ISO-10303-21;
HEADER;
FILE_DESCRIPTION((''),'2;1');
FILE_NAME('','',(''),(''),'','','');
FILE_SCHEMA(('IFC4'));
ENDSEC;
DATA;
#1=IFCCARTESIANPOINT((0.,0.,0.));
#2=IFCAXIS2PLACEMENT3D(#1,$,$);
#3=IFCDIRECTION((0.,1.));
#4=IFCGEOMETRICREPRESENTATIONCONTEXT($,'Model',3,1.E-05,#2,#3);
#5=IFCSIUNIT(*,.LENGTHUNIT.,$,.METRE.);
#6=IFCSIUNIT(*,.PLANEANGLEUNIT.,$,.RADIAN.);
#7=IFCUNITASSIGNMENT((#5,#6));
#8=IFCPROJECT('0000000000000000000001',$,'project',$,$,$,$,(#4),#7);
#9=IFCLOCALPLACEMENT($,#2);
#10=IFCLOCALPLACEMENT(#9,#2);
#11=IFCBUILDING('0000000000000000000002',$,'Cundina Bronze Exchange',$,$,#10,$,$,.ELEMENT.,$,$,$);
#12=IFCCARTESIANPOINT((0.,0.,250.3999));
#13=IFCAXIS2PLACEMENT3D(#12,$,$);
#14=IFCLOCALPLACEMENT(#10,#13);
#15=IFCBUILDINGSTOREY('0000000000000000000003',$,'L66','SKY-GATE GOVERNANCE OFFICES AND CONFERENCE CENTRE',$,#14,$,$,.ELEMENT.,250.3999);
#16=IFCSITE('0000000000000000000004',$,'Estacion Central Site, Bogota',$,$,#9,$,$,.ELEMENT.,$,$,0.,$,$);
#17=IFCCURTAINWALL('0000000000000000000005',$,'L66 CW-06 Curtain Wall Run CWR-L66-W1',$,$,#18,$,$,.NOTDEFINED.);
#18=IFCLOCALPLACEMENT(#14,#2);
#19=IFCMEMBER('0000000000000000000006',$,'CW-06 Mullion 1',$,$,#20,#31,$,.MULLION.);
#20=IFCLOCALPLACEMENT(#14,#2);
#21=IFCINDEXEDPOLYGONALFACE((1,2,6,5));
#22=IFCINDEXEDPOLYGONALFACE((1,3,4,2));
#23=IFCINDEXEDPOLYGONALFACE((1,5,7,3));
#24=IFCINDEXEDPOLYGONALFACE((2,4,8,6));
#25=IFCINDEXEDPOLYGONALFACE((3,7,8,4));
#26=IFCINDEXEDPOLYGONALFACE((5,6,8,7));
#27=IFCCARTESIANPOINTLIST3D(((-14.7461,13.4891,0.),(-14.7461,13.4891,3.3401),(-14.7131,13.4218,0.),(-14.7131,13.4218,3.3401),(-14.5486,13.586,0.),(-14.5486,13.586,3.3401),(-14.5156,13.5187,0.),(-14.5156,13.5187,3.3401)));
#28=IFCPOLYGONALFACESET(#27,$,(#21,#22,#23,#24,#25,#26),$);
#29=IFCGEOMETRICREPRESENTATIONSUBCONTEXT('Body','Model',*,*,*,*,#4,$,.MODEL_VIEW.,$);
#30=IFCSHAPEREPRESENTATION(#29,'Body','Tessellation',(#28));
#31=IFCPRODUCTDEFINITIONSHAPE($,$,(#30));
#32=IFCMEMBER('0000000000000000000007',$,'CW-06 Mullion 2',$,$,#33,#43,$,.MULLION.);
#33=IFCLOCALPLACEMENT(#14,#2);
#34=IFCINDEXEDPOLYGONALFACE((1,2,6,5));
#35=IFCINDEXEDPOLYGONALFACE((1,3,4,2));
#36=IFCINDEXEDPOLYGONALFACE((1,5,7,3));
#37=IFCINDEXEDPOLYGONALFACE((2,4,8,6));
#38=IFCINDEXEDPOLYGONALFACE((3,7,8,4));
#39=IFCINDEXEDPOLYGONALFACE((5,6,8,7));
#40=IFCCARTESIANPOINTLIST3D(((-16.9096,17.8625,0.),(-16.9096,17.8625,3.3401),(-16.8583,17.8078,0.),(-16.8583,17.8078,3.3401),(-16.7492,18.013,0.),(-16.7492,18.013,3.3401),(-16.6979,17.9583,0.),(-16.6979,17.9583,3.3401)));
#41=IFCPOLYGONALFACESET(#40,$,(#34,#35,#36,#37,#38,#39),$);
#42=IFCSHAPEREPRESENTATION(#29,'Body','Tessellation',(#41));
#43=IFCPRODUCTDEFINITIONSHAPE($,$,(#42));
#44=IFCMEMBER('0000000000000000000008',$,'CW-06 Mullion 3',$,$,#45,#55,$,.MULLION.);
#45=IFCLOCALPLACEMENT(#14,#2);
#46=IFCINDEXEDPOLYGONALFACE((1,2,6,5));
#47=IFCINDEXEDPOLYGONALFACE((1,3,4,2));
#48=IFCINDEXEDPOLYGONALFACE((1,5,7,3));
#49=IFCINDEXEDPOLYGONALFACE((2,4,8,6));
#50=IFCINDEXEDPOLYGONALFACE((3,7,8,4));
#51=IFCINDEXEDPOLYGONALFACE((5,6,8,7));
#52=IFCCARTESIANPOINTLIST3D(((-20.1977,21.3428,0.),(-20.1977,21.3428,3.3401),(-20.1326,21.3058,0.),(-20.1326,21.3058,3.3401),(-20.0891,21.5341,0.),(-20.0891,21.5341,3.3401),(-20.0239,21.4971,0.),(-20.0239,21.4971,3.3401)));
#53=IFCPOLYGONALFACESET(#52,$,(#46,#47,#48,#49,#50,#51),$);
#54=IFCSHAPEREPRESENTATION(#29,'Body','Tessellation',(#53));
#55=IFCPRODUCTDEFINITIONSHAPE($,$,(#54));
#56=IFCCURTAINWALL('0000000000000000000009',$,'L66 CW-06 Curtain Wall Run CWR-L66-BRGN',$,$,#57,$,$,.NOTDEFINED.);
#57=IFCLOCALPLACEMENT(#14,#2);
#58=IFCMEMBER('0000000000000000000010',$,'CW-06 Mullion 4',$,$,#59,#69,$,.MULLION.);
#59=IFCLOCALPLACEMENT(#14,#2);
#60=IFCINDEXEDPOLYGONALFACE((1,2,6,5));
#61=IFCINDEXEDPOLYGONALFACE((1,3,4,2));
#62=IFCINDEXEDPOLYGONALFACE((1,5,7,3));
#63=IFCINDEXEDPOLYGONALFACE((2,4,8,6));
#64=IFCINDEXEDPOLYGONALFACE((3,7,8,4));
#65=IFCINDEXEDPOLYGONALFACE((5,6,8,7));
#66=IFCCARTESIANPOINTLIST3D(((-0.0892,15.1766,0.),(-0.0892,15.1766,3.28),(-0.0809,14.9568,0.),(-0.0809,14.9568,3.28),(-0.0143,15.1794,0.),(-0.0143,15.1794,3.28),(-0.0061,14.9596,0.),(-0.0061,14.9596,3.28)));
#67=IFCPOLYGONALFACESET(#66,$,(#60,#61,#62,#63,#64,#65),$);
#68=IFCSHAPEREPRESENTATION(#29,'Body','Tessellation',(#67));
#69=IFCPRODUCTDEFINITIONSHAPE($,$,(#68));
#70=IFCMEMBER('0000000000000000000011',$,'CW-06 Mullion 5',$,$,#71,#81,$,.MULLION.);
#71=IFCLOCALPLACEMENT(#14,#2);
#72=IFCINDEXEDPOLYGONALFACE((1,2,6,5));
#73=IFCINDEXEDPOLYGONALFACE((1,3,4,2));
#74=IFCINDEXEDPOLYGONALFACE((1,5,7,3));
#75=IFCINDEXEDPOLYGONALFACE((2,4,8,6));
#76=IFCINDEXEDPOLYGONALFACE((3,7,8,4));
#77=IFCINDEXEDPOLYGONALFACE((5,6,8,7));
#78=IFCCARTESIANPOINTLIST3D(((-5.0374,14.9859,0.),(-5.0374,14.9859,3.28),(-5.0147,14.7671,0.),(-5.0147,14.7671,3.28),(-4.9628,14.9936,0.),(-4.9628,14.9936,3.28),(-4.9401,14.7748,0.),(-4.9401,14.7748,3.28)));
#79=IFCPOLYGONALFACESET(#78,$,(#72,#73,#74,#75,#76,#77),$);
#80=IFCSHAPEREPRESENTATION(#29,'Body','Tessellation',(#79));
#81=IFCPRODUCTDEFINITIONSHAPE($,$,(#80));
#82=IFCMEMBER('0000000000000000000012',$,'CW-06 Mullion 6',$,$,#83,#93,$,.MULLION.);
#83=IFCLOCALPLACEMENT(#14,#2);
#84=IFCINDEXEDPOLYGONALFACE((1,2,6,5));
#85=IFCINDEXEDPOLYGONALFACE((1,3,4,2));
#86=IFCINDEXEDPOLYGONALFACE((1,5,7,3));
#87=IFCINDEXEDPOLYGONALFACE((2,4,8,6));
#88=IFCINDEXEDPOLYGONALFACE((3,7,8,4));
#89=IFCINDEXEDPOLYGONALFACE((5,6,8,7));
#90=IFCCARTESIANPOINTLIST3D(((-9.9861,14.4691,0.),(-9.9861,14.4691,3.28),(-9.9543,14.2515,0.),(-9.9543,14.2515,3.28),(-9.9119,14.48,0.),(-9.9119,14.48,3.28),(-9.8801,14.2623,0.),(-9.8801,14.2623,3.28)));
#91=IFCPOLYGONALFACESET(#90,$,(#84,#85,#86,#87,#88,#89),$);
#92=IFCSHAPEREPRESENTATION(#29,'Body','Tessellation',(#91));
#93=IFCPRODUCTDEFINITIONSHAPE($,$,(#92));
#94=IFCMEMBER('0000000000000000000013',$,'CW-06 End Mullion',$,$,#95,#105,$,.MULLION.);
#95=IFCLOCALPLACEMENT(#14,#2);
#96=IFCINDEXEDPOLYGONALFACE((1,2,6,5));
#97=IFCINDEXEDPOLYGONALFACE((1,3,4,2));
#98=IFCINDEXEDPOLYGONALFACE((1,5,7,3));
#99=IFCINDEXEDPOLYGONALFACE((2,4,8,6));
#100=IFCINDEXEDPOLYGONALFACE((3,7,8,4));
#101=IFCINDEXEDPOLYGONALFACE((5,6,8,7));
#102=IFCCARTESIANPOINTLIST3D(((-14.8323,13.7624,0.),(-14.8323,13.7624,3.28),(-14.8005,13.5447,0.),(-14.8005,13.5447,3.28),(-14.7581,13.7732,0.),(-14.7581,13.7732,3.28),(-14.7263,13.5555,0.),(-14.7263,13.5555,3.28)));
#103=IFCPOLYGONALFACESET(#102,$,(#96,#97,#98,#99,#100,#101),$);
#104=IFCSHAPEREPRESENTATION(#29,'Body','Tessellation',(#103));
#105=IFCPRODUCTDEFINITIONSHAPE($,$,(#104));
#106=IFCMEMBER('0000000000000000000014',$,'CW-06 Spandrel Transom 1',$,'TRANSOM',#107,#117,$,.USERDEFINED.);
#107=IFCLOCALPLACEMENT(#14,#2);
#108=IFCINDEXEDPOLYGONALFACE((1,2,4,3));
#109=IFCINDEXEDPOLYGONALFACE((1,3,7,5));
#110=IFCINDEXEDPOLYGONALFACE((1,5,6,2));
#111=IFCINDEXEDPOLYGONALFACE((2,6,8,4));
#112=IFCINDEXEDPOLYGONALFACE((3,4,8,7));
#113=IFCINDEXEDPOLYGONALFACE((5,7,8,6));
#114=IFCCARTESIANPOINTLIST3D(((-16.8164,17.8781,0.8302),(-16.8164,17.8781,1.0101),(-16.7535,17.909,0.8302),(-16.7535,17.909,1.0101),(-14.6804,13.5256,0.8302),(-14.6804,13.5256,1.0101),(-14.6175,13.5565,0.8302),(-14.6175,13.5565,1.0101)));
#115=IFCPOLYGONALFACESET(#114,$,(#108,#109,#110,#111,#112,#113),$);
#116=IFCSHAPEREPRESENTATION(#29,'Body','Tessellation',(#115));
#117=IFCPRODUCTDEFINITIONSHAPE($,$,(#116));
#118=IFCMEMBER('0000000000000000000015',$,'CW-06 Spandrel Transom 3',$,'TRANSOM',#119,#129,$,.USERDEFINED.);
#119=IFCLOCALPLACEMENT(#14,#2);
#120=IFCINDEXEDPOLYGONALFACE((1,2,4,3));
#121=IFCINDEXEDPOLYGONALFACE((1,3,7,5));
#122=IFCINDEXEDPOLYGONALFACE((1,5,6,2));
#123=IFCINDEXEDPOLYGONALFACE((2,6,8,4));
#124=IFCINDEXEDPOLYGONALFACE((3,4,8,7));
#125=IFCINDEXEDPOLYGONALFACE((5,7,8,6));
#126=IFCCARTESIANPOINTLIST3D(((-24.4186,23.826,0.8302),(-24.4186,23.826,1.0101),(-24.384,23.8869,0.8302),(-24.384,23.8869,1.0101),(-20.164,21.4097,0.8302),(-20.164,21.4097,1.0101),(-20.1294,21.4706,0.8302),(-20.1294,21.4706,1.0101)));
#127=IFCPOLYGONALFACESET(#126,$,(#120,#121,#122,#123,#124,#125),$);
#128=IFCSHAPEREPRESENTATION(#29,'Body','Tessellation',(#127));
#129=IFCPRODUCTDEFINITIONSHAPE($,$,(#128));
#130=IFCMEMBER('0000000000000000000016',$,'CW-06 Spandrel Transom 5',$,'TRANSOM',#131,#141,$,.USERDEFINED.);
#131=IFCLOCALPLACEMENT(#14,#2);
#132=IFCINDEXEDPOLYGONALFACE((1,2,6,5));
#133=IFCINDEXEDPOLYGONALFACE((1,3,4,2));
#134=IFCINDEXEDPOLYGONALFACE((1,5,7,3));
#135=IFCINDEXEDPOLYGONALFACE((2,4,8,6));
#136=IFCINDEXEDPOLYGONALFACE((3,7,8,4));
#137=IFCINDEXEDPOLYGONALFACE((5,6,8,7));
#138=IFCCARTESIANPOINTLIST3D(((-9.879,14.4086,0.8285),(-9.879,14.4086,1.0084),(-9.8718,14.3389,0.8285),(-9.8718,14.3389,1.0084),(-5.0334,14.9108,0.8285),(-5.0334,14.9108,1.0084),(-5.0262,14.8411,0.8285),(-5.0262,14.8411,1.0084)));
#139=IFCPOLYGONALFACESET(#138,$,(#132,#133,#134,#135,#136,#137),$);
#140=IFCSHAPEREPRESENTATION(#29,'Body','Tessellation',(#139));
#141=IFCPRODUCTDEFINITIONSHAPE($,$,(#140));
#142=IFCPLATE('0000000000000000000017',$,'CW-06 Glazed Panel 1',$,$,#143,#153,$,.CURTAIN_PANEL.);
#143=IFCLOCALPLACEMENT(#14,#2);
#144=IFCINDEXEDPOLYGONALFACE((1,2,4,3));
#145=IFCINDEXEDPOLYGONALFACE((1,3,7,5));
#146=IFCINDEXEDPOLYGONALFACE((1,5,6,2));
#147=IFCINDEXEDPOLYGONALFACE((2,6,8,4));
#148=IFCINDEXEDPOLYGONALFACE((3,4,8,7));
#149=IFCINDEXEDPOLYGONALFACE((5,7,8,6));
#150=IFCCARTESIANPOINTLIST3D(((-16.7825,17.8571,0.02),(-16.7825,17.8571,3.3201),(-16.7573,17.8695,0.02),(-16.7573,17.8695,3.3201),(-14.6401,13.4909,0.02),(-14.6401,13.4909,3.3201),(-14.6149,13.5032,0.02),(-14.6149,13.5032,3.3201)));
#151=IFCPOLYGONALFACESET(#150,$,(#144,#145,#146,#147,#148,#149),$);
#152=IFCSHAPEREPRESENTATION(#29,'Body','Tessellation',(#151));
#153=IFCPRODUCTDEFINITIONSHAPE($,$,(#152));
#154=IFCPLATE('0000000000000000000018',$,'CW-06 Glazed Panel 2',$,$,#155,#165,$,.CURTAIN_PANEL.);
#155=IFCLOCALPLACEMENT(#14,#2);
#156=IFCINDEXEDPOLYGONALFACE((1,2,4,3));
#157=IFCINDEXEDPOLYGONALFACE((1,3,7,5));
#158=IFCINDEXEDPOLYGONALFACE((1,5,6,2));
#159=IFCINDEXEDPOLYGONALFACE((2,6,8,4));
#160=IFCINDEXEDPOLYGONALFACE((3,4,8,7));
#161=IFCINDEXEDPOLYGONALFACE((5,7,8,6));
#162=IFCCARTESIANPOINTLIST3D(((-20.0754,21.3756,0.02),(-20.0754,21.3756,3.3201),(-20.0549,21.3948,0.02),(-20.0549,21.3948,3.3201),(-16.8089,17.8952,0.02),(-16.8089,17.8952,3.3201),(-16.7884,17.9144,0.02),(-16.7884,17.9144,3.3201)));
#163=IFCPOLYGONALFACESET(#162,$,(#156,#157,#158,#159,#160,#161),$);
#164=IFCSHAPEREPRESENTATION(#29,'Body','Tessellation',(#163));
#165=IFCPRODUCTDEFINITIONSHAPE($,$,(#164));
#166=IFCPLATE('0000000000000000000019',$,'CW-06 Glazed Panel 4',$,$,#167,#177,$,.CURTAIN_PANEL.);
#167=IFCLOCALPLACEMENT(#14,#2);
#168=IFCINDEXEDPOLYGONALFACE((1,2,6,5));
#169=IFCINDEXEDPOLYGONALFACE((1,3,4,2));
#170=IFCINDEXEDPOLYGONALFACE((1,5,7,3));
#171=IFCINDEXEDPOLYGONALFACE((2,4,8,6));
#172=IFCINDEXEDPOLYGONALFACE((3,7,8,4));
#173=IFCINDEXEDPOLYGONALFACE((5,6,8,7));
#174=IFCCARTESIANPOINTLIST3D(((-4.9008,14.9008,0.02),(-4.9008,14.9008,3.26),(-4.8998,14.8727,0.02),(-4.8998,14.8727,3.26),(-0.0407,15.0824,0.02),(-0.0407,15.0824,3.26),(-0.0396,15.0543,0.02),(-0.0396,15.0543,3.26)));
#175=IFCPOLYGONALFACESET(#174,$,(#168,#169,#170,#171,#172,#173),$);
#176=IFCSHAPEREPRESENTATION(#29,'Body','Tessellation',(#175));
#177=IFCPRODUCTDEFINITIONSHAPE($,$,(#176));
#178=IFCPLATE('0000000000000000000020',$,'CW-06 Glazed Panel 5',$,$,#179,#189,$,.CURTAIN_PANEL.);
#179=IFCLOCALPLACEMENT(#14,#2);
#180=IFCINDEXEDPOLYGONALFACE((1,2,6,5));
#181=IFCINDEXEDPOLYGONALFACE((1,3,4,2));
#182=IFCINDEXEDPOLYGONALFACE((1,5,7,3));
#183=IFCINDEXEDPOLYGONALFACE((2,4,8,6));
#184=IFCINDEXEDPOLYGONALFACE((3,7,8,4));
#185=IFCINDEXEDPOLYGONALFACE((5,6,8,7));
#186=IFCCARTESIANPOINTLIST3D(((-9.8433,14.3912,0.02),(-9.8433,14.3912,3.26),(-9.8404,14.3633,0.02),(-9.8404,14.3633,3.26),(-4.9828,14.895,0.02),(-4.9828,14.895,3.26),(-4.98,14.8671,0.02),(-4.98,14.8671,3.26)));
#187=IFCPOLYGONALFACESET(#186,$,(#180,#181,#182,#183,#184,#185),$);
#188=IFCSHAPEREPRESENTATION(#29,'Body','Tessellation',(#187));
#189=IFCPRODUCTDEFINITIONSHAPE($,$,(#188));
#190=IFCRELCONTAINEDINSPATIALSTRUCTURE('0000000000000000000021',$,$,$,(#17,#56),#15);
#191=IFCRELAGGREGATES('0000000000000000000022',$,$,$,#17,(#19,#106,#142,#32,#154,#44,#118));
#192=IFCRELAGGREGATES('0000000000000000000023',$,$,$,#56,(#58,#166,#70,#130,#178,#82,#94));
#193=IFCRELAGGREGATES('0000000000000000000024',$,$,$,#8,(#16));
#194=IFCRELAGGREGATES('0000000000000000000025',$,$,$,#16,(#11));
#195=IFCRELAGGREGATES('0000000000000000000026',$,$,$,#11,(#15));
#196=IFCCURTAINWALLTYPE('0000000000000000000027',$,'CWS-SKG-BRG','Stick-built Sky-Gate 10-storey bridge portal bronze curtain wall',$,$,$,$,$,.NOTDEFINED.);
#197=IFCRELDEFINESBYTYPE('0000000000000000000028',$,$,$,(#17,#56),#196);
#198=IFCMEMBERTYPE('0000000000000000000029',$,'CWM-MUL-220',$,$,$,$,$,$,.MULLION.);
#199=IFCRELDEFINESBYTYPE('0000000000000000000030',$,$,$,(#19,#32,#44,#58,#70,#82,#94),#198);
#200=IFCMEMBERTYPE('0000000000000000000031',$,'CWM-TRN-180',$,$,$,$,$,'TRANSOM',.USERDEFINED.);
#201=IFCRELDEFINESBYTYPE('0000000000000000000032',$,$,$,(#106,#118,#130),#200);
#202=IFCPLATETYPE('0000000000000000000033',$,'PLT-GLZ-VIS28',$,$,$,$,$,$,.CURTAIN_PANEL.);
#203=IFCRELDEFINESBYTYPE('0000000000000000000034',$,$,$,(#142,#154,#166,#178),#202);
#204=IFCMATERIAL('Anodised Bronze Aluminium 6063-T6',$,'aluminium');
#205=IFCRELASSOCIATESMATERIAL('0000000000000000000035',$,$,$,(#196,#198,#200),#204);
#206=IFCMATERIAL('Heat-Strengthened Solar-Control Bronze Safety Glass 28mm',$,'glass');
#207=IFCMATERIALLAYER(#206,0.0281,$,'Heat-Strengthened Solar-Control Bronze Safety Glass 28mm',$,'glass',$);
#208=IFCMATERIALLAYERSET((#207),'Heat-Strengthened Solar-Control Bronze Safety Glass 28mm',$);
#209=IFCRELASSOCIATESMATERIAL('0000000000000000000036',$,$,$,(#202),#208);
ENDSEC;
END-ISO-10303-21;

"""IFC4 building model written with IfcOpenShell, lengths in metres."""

from ifc_helpers import new_model, si_unit, direction, frame, origin, origin_2d, place, context, subcontext, project, spatial, rectangle, extrude, material, layer, layer_set, material_profile, profile_set, type_object, element, aggregate, save


model = new_model("IFC4")

# Units and contexts
model_context = context("Model", 3, precision=1e-05, world=origin(), true_north=direction((0.0, 1.0)))
body_context = subcontext(model_context, "Body", "Model", "MODEL_VIEW")
ifc_project = project(units=[si_unit("LENGTHUNIT", "METRE"), si_unit("PLANEANGLEUNIT", "RADIAN")], contexts=[model_context])

# Site, building, storey
site_placement = place(None, origin())
site = spatial("IfcSite", under=ifc_project, at=site_placement, Name="Estacion Central Site, Bogota", CompositionType="ELEMENT", RefElevation=0.0)
building_placement = place(site_placement, origin())
building = spatial("IfcBuilding", under=site, at=building_placement, Name="Cundina Bronze Exchange", CompositionType="ELEMENT")
storey_placement = place(building_placement, frame((0.0, 0.0, 250.3999)))
storey = spatial("IfcBuildingStorey", under=building, at=storey_placement, Name="L66", Description="SKY-GATE GOVERNANCE OFFICES AND CONFERENCE CENTRE", CompositionType="ELEMENT", Elevation=250.3999)

# Curtain walls, members
ifc_material_1 = material(Name="Anodised Bronze Aluminium 6063-T6", Category="aluminium")
curtain_wall_type = type_object("IfcCurtainWallType", Name="CWS-SKG-BRG", Description="Stick-built Sky-Gate 10-storey bridge portal bronze curtain wall", PredefinedType="NOTDEFINED", material=ifc_material_1)
curtain_wall_1_placement = place(storey_placement, origin())
curtain_wall_1 = element("IfcCurtainWall", 1, at=curtain_wall_1_placement, inside=storey, type_object=curtain_wall_type, Name="L66 CW-06 Curtain Wall Run CWR-L66-W1", PredefinedType="NOTDEFINED")
ifc_material_profile_1 = material_profile(ifc_material_1, rectangle(XDim=0.075, YDim=0.22, at=origin_2d()), Name="AL75X220", Category="aluminium")
ifc_profile_set_1 = profile_set([ifc_material_profile_1], Name="Anodised Bronze Aluminium 6063-T6")
member_type_1 = type_object("IfcMemberType", Name="CWM-MUL-220", PredefinedType="MULLION", material=ifc_profile_set_1)
member_1_placement = place(storey_placement, frame((-14.6309, 13.5039, 0.0), z_axis=(0.0, 0.0, 1.0), x_axis=(-0.440566, 0.89772, 0.0)))
member_1 = element("IfcMember", 2, at=member_1_placement, type_object=member_type_1, Name="CW-06 Mullion 1", PredefinedType="MULLION", context=body_context, shape_type="SweptSolid", body=[
    extrude(rectangle(XDim=0.075, YDim=0.22, at=origin_2d()), origin(), (0.0, 0.0, 1.0), 3.3401),
])
member_2_placement = place(storey_placement, frame((-16.8037, 17.9104, 0.0), z_axis=(0.0, 0.0, 1.0), x_axis=(-0.684293, 0.729208, 0.0)))
member_2 = element("IfcMember", 3, at=member_2_placement, type_object=member_type_1, Name="CW-06 Mullion 2", PredefinedType="MULLION", context=body_context, shape_type="SweptSolid", body=[
    extrude(rectangle(XDim=0.075, YDim=0.22, at=origin_2d()), origin(), (0.0, 0.0, 1.0), 3.3401),
])
member_3_placement = place(storey_placement, frame((-20.1108, 21.4199, 0.0), z_axis=(0.0, 0.0, 1.0), x_axis=(-0.869581, 0.49379, 0.0)))
member_3 = element("IfcMember", 4, at=member_3_placement, type_object=member_type_1, Name="CW-06 Mullion 3", PredefinedType="MULLION", context=body_context, shape_type="SweptSolid", body=[
    extrude(rectangle(XDim=0.075, YDim=0.22, at=origin_2d()), origin(), (0.0, 0.0, 1.0), 3.3401),
])
curtain_wall_2_placement = place(storey_placement, origin())
curtain_wall_2 = element("IfcCurtainWall", 5, at=curtain_wall_2_placement, inside=storey, type_object=curtain_wall_type, Name="L66 CW-06 Curtain Wall Run CWR-L66-BRGN", PredefinedType="NOTDEFINED")
member_4_placement = place(storey_placement, frame((-0.0476, 15.0681, 0.0), z_axis=(0.0, 0.0, 1.0), x_axis=(-0.999303, -0.037341, 0.0)))
member_4 = element("IfcMember", 6, at=member_4_placement, type_object=member_type_1, Name="CW-06 Mullion 4", PredefinedType="MULLION", context=body_context, shape_type="SweptSolid", body=[
    extrude(rectangle(XDim=0.075, YDim=0.22, at=origin_2d()), origin(), (0.0, 0.0, 1.0), 3.28),
])
member_5_placement = place(storey_placement, frame((-4.9888, 14.8804, 0.0), z_axis=(0.0, 0.0, 1.0), x_axis=(-0.994667, -0.10314, 0.0)))
member_5 = element("IfcMember", 7, at=member_5_placement, type_object=member_type_1, Name="CW-06 Mullion 5", PredefinedType="MULLION", context=body_context, shape_type="SweptSolid", body=[
    extrude(rectangle(XDim=0.075, YDim=0.22, at=origin_2d()), origin(), (0.0, 0.0, 1.0), 3.28),
])
member_6_placement = place(storey_placement, frame((-9.9331, 14.3657, 0.0), z_axis=(0.0, 0.0, 1.0), x_axis=(-0.989526, -0.144356, 0.0)))
member_6 = element("IfcMember", 8, at=member_6_placement, type_object=member_type_1, Name="CW-06 Mullion 6", PredefinedType="MULLION", context=body_context, shape_type="SweptSolid", body=[
    extrude(rectangle(XDim=0.075, YDim=0.22, at=origin_2d()), origin(), (0.0, 0.0, 1.0), 3.28),
])
member_7_placement = place(storey_placement, frame((-14.7793, 13.6589, 0.0), z_axis=(0.0, 0.0, 1.0), x_axis=(-0.989526, -0.144356, 0.0)))
member_7 = element("IfcMember", 9, at=member_7_placement, type_object=member_type_1, Name="CW-06 End Mullion", PredefinedType="MULLION", context=body_context, shape_type="SweptSolid", body=[
    extrude(rectangle(XDim=0.075, YDim=0.22, at=origin_2d()), origin(), (0.0, 0.0, 1.0), 3.28),
])

# Members
ifc_material_profile_2 = material_profile(ifc_material_1, rectangle(XDim=0.0701, YDim=0.1799, at=origin_2d()), Name="AL70X180", Category="aluminium")
ifc_profile_set_2 = profile_set([ifc_material_profile_2], Name="Anodised Bronze Aluminium 6063-T6")
member_type_2 = type_object("IfcMemberType", Name="CWM-TRN-180", ElementType="TRANSOM", PredefinedType="USERDEFINED", material=ifc_profile_set_2)
member_8_placement = place(storey_placement, frame((-14.6489, 13.541, 0.9202), z_axis=(-0.440554, 0.897726, 0.0), x_axis=(-0.897726, -0.440554, 0.0)))
member_8 = element("IfcMember", 10, at=member_8_placement, type_object=member_type_2, Name="CW-06 Spandrel Transom 1", ObjectType="TRANSOM", PredefinedType="USERDEFINED", context=body_context, shape_type="SweptSolid", body=[
    extrude(rectangle(XDim=0.0701, YDim=0.1799, at=origin_2d()), origin(), (0.0, 0.0, 1.0), 4.8484),
])
member_9_placement = place(storey_placement, frame((-20.1467, 21.4402, 0.9202), z_axis=(-0.869557, 0.493832, 0.0), x_axis=(-0.493832, -0.869557, 0.0)))
member_9 = element("IfcMember", 11, at=member_9_placement, type_object=member_type_2, Name="CW-06 Spandrel Transom 3", ObjectType="TRANSOM", PredefinedType="USERDEFINED", context=body_context, shape_type="SweptSolid", body=[
    extrude(rectangle(XDim=0.0701, YDim=0.1799, at=origin_2d()), origin(), (0.0, 0.0, 1.0), 4.8928),
])
member_10_placement = place(storey_placement, frame((-5.0298, 14.876, 0.9185), z_axis=(-0.994672, -0.103086, 0.0), x_axis=(0.103086, -0.994672, 0.0)))
member_10 = element("IfcMember", 12, at=member_10_placement, type_object=member_type_2, Name="CW-06 Spandrel Transom 5", ObjectType="TRANSOM", PredefinedType="USERDEFINED", context=body_context, shape_type="SweptSolid", body=[
    extrude(rectangle(XDim=0.0701, YDim=0.1799, at=origin_2d()), origin(), (0.0, 0.0, 1.0), 4.8716),
])

# Plates
ifc_material_2 = material(Name="Heat-Strengthened Solar-Control Bronze Safety Glass 28mm", Category="glass")
ifc_layer_1 = layer(ifc_material_2, 0.0281, Name="Heat-Strengthened Solar-Control Bronze Safety Glass 28mm", Category="glass")
ifc_layer_set_1 = layer_set([ifc_layer_1], Name="Heat-Strengthened Solar-Control Bronze Safety Glass 28mm")
plate_type = type_object("IfcPlateType", Name="PLT-GLZ-VIS28", PredefinedType="CURTAIN_PANEL", material=ifc_layer_set_1)
plate_1_placement = place(storey_placement, frame((-15.6987, 15.6802, 0.02), z_axis=(0.0, 0.0, 1.0), x_axis=(-0.440503, 0.897751, 0.0)))
plate_1 = element("IfcPlate", 13, at=plate_1_placement, type_object=plate_type, Name="CW-06 Glazed Panel 1", PredefinedType="CURTAIN_PANEL", context=body_context, shape_type="SweptSolid", body=[
    extrude(rectangle(XDim=4.8635, YDim=0.0281, at=origin_2d()), origin(), (0.0, 0.0, 1.0), 3.3),
])
plate_2_placement = place(storey_placement, frame((-18.4319, 19.645, 0.02), z_axis=(0.0, 0.0, 1.0), x_axis=(-0.684344, 0.72916, 0.0)))
plate_2 = element("IfcPlate", 14, at=plate_2_placement, type_object=plate_type, Name="CW-06 Glazed Panel 2", PredefinedType="CURTAIN_PANEL", context=body_context, shape_type="SweptSolid", body=[
    extrude(rectangle(XDim=4.7732, YDim=0.0281, at=origin_2d()), origin(), (0.0, 0.0, 1.0), 3.3),
])
aggregate(curtain_wall_1, [member_1, member_8, plate_1, member_2, plate_2, member_3, member_9])
plate_3_placement = place(storey_placement, frame((-2.4702, 14.9775, 0.02), z_axis=(0.0, 0.0, 1.0), x_axis=(-0.999303, -0.037341, 0.0)))
plate_3 = element("IfcPlate", 15, at=plate_3_placement, type_object=plate_type, Name="CW-06 Glazed Panel 4", PredefinedType="CURTAIN_PANEL", context=body_context, shape_type="SweptSolid", body=[
    extrude(rectangle(XDim=4.8635, YDim=0.0281, at=origin_2d()), origin(), (0.0, 0.0, 1.0), 3.24),
])
plate_4_placement = place(storey_placement, frame((-7.4116, 14.6292, 0.02), z_axis=(0.0, 0.0, 1.0), x_axis=(-0.994672, -0.103088, 0.0)))
plate_4 = element("IfcPlate", 16, at=plate_4_placement, type_object=plate_type, Name="CW-06 Glazed Panel 5", PredefinedType="CURTAIN_PANEL", context=body_context, shape_type="SweptSolid", body=[
    extrude(rectangle(XDim=4.8865, YDim=0.0281, at=origin_2d()), origin(), (0.0, 0.0, 1.0), 3.24),
])
aggregate(curtain_wall_2, [member_4, plate_3, member_5, member_10, plate_4, member_6, member_7])

save(model, "model.ifc")
